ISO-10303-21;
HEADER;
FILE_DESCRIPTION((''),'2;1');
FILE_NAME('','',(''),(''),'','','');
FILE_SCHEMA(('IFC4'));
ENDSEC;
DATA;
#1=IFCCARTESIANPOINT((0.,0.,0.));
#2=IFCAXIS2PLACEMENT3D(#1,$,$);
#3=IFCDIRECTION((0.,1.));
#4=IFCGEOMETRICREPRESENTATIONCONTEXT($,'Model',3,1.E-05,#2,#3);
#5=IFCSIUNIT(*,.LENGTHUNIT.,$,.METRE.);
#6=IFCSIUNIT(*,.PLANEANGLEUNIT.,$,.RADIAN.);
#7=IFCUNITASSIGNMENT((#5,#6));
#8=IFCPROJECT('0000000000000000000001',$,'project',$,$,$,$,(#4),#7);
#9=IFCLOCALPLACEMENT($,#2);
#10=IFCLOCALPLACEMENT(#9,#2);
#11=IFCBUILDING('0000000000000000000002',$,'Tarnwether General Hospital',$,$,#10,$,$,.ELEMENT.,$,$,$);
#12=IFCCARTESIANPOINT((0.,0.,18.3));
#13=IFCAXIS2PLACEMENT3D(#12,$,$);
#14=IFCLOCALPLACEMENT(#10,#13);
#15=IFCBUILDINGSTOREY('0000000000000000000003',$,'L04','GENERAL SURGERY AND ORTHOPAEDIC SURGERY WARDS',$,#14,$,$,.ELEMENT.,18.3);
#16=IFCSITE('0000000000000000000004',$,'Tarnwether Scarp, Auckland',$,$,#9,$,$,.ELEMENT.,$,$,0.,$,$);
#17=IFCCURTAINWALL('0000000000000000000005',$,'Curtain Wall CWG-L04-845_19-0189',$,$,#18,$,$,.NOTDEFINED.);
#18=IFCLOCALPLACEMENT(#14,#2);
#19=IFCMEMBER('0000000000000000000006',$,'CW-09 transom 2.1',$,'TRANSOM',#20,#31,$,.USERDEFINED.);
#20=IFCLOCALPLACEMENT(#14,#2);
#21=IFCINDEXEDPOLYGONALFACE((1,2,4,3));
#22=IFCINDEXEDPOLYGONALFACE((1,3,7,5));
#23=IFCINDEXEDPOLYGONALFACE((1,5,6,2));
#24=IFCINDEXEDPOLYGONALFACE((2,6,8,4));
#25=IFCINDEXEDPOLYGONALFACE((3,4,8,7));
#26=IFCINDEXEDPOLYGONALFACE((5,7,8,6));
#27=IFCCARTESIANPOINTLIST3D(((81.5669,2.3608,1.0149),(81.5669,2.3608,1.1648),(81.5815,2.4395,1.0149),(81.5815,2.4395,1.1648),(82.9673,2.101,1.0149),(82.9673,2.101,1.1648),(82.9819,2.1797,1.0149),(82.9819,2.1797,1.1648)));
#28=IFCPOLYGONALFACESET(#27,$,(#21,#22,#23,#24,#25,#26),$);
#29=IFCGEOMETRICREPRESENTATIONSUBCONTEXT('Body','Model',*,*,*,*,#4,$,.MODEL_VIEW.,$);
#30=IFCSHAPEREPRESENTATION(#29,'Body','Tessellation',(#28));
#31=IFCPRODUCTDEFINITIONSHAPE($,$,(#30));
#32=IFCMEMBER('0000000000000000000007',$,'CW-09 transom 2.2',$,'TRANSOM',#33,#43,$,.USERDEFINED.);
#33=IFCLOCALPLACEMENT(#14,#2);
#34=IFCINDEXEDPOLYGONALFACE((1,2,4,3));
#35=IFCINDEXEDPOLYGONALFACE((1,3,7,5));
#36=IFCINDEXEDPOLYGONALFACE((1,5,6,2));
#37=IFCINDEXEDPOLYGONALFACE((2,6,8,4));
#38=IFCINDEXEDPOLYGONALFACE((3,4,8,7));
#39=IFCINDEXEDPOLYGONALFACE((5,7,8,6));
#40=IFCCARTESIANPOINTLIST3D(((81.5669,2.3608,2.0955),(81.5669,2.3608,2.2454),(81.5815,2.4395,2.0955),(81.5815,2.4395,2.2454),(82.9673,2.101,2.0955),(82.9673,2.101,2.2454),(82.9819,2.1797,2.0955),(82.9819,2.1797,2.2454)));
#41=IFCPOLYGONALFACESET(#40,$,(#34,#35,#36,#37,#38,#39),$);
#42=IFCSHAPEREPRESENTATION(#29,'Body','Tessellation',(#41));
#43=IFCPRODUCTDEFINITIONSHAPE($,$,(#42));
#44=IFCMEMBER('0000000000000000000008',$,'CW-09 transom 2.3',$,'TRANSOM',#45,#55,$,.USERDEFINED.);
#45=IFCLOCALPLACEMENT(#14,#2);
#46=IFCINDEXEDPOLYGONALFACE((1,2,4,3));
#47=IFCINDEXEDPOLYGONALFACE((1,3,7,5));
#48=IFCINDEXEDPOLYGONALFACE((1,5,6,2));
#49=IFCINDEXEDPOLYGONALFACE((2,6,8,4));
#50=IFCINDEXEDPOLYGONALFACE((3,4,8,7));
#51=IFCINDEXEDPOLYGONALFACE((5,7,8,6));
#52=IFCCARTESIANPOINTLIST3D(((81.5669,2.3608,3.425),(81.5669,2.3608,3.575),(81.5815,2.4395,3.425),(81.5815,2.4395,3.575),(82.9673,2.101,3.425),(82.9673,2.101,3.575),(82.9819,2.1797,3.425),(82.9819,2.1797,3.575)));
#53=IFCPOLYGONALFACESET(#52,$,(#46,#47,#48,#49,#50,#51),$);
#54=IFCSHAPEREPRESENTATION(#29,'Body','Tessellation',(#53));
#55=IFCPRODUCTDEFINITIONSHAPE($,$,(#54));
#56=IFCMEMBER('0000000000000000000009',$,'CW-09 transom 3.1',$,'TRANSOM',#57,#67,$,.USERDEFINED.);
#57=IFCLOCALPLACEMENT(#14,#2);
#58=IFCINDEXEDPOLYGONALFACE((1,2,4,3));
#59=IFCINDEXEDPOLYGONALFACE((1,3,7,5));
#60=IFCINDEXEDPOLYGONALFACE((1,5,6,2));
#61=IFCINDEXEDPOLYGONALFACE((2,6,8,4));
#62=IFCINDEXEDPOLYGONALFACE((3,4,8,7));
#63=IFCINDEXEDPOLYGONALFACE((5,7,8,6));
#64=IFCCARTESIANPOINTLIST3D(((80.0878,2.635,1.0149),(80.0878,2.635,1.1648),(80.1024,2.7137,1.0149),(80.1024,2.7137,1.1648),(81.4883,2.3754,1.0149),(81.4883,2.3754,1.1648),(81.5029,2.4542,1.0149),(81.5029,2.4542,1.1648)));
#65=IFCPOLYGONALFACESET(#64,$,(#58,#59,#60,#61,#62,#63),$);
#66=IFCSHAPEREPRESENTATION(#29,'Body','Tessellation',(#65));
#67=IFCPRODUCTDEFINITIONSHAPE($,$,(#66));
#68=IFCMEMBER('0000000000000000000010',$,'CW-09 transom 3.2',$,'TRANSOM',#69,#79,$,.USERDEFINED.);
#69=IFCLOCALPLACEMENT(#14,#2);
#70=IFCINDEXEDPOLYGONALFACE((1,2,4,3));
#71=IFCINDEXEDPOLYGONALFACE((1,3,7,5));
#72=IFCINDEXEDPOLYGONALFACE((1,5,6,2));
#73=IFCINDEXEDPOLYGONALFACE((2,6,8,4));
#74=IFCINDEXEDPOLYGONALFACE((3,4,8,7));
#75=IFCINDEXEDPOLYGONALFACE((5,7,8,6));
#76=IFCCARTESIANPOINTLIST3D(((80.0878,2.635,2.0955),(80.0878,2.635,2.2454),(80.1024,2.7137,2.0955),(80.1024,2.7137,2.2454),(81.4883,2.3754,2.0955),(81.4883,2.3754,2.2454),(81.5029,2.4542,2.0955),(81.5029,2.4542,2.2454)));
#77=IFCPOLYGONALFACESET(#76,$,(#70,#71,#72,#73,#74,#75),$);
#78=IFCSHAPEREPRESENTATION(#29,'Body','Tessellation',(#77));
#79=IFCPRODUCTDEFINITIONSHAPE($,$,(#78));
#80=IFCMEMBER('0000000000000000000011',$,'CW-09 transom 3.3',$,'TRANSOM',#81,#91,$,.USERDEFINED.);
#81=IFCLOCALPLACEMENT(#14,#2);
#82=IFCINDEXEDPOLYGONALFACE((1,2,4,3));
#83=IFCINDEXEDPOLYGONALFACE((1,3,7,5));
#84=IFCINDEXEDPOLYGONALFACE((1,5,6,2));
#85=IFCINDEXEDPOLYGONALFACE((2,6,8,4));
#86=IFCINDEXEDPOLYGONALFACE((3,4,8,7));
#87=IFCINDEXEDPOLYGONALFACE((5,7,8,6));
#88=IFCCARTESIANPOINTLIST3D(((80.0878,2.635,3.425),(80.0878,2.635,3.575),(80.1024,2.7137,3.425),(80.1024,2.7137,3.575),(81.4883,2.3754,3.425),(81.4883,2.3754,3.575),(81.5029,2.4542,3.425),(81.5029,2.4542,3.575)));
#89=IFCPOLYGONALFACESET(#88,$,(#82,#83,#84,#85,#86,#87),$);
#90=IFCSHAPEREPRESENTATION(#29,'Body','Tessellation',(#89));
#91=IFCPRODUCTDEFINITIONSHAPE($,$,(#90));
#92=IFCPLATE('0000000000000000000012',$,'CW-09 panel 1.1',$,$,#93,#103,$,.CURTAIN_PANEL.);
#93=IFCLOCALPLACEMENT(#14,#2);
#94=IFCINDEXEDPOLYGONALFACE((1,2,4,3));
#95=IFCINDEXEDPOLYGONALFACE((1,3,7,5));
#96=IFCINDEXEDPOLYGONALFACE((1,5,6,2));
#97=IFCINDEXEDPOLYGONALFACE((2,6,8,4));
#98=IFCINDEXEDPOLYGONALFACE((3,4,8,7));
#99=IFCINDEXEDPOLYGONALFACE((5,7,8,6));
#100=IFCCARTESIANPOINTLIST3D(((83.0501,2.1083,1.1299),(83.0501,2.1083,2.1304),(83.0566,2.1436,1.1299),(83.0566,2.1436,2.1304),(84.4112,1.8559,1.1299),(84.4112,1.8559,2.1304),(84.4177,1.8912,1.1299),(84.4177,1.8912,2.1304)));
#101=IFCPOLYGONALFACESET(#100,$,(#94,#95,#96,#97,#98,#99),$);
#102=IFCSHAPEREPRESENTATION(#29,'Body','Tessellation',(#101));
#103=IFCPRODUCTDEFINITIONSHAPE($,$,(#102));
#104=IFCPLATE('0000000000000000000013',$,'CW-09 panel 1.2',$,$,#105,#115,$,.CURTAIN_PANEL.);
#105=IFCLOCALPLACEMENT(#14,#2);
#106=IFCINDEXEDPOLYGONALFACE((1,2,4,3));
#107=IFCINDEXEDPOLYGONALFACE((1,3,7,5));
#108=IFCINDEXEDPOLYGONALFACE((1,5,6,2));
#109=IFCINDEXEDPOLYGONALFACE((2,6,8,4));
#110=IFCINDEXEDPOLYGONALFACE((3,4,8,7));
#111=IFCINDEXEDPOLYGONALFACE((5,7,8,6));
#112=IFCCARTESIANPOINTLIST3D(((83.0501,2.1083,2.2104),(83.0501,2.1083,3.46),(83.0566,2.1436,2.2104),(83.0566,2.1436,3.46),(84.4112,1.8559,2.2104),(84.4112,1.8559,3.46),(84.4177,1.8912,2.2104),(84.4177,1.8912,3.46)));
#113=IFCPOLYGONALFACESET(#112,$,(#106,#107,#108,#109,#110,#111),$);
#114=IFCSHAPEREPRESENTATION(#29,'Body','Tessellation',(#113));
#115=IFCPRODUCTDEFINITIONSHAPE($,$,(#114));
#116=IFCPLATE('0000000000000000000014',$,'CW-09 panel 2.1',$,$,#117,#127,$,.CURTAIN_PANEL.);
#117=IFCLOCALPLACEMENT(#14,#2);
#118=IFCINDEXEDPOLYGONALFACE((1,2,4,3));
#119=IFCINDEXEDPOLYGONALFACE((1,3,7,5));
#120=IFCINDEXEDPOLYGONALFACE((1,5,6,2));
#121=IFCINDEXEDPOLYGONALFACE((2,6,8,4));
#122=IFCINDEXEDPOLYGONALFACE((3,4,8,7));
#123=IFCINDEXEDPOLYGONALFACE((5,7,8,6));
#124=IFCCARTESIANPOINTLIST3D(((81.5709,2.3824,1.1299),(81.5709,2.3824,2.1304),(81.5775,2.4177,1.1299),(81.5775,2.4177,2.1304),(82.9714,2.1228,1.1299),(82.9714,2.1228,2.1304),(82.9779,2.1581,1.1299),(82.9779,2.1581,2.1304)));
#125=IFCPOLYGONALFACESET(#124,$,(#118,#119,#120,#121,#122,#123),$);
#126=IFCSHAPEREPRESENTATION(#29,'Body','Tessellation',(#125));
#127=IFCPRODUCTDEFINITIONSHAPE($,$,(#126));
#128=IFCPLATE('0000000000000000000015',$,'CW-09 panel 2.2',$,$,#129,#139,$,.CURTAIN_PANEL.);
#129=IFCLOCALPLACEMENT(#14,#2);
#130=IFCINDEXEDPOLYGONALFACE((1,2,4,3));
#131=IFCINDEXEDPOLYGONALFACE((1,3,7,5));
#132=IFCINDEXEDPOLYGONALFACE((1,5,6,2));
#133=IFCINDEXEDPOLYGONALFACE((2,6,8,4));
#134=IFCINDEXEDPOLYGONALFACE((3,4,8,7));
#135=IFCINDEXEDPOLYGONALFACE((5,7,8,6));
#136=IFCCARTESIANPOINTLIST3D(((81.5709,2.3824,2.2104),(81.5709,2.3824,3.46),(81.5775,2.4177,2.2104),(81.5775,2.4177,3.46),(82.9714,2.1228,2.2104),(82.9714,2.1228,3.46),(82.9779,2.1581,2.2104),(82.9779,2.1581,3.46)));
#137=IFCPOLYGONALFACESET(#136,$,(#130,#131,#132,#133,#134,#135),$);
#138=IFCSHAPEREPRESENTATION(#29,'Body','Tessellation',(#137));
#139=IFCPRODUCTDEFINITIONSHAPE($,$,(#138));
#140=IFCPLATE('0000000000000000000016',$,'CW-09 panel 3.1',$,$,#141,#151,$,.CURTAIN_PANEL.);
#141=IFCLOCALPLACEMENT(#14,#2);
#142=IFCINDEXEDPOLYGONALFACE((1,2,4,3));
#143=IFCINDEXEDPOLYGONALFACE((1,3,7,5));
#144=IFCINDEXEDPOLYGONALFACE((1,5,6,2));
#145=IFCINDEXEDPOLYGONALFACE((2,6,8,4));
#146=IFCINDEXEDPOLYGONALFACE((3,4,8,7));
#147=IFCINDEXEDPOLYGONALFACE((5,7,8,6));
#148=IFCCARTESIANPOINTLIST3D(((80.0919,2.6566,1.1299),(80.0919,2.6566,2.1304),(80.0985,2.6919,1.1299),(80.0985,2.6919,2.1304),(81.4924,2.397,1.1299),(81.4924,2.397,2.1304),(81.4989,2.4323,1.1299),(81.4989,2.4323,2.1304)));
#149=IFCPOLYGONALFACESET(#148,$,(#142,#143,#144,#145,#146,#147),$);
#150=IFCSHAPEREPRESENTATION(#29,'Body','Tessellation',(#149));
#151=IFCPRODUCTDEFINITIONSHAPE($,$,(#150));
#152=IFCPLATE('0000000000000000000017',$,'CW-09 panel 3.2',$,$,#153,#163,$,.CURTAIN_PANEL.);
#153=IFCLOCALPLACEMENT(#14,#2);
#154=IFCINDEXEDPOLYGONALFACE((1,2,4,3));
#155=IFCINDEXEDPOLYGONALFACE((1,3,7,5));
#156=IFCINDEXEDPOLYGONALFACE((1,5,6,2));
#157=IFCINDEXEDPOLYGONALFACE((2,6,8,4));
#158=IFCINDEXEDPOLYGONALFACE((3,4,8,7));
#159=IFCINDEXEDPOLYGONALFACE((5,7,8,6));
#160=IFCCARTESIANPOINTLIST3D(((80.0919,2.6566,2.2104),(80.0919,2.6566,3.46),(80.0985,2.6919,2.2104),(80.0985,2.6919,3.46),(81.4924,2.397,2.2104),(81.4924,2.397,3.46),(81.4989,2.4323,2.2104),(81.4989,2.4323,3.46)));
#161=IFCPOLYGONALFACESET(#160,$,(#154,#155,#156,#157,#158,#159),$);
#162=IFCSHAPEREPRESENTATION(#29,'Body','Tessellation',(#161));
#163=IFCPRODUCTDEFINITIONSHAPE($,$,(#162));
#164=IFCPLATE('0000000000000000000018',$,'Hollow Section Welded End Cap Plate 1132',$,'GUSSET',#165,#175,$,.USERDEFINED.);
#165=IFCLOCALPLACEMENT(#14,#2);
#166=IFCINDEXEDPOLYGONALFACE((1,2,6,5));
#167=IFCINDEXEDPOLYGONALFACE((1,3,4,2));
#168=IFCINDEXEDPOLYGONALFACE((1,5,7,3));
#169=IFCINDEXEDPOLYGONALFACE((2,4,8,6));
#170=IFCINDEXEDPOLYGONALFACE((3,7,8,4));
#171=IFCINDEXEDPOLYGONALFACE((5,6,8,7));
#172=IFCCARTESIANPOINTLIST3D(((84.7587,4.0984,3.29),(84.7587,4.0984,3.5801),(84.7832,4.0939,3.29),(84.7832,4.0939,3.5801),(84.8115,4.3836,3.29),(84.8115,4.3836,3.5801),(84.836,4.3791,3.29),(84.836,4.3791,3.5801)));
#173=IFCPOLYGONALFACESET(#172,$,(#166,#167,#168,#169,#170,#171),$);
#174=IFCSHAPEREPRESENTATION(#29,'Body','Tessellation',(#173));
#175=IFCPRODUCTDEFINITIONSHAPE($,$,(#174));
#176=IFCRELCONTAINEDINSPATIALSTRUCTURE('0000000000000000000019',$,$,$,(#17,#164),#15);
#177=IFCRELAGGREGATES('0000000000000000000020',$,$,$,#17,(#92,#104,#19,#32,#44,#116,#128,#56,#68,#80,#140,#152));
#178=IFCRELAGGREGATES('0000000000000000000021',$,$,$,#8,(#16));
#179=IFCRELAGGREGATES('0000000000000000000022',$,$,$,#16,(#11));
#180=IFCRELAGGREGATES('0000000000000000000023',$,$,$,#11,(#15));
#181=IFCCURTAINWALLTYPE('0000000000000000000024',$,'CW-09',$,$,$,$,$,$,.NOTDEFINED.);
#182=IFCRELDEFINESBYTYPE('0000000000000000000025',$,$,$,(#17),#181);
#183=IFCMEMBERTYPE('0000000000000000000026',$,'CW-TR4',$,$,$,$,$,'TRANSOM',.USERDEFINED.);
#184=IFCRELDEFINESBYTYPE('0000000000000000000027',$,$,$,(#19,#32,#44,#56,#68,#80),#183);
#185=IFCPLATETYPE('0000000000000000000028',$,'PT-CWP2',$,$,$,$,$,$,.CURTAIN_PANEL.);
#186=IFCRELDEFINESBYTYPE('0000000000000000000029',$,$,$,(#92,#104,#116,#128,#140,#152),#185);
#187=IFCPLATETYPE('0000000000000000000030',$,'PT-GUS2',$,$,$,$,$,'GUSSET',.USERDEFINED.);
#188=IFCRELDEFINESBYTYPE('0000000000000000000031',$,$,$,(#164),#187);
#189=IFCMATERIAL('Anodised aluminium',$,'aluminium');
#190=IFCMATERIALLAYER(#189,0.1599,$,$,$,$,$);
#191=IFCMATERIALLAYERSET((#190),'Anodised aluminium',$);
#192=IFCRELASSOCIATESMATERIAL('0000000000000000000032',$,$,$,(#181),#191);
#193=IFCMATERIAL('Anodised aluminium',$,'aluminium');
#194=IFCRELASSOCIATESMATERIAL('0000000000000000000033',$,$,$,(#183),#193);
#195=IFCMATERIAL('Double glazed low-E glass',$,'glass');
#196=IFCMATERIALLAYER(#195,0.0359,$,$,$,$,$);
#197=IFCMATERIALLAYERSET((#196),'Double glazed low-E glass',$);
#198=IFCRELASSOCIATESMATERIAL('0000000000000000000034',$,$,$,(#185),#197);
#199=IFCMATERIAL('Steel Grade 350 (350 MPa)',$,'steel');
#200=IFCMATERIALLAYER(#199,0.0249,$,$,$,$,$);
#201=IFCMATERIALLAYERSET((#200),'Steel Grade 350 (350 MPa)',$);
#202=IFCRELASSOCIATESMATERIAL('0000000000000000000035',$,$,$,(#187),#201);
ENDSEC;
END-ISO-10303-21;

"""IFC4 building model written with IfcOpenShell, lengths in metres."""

from ifc_helpers import new_model, si_unit, direction, frame, origin, origin_2d, place, context, subcontext, project, spatial, rectangle, extrude, material, layer, layer_set, material_profile, profile_set, type_object, element, aggregate, save


model = new_model("IFC4")

# Units and contexts
model_context = context("Model", 3, precision=1e-05, world=origin(), true_north=direction((0.0, 1.0)))
body_context = subcontext(model_context, "Body", "Model", "MODEL_VIEW")
ifc_project = project(units=[si_unit("LENGTHUNIT", "METRE"), si_unit("PLANEANGLEUNIT", "RADIAN")], contexts=[model_context])

# Site, building, storey
site_placement = place(None, origin())
site = spatial("IfcSite", under=ifc_project, at=site_placement, Name="Tarnwether Scarp, Auckland", CompositionType="ELEMENT", RefElevation=0.0)
building_placement = place(site_placement, origin())
building = spatial("IfcBuilding", under=site, at=building_placement, Name="Tarnwether General Hospital", CompositionType="ELEMENT")
storey_placement = place(building_placement, frame((0.0, 0.0, 18.3)))
storey = spatial("IfcBuildingStorey", under=building, at=storey_placement, Name="L04", Description="GENERAL SURGERY AND ORTHOPAEDIC SURGERY WARDS", CompositionType="ELEMENT", Elevation=18.3)

# Curtain wall, members, plates
ifc_material_1 = material(Name="Anodised aluminium", Category="aluminium")
ifc_layer_1 = layer(ifc_material_1, 0.1599)
ifc_layer_set_1 = layer_set([ifc_layer_1], Name="Anodised aluminium")
curtain_wall_type = type_object("IfcCurtainWallType", Name="CW-09", PredefinedType="NOTDEFINED", material=ifc_layer_set_1)
curtain_wall_placement = place(storey_placement, origin())
curtain_wall = element("IfcCurtainWall", 1, at=curtain_wall_placement, inside=storey, type_object=curtain_wall_type, Name="Curtain Wall CWG-L04-845_19-0189", PredefinedType="NOTDEFINED")
ifc_material_2 = material(Name="Anodised aluminium", Category="aluminium")
ifc_material_profile_1 = material_profile(ifc_material_2, rectangle(XDim=0.0801, YDim=0.1499, at=origin_2d()), Name="ALU-TRN-80x150")
ifc_profile_set_1 = profile_set([ifc_material_profile_1], Name="Anodised aluminium")
member_type_1 = type_object("IfcMemberType", Name="CW-TR4", ElementType="TRANSOM", PredefinedType="USERDEFINED", material=ifc_profile_set_1)
member_1_placement = place(storey_placement, frame((82.9746, 2.1404, 1.0898), z_axis=(-0.983227, 0.182384, 0.0), x_axis=(-0.182384, -0.983227, 0.0)))
member_1 = element("IfcMember", 2, at=member_1_placement, type_object=member_type_1, Name="CW-09 transom 2.1", ObjectType="TRANSOM", PredefinedType="USERDEFINED", context=body_context, shape_type="SweptSolid", body=[
    extrude(rectangle(XDim=0.0801, YDim=0.1499, at=origin_2d()), origin(), (0.0, 0.0, 1.0), 1.4243),
])
member_2_placement = place(storey_placement, frame((82.9746, 2.1404, 2.1704), z_axis=(-0.983227, 0.182384, 0.0), x_axis=(-0.182384, -0.983227, 0.0)))
member_2 = element("IfcMember", 3, at=member_2_placement, type_object=member_type_1, Name="CW-09 transom 2.2", ObjectType="TRANSOM", PredefinedType="USERDEFINED", context=body_context, shape_type="SweptSolid", body=[
    extrude(rectangle(XDim=0.0801, YDim=0.1499, at=origin_2d()), origin(), (0.0, 0.0, 1.0), 1.4243),
])
member_3_placement = place(storey_placement, frame((82.9746, 2.1404, 3.5), z_axis=(-0.983227, 0.182384, 0.0), x_axis=(-0.182384, -0.983227, 0.0)))
member_3 = element("IfcMember", 4, at=member_3_placement, type_object=member_type_1, Name="CW-09 transom 2.3", ObjectType="TRANSOM", PredefinedType="USERDEFINED", context=body_context, shape_type="SweptSolid", body=[
    extrude(rectangle(XDim=0.0801, YDim=0.1499, at=origin_2d()), origin(), (0.0, 0.0, 1.0), 1.4243),
])
member_4_placement = place(storey_placement, frame((81.4956, 2.4148, 1.0898), z_axis=(-0.983258, 0.182218, 0.0), x_axis=(-0.182218, -0.983258, 0.0)))
member_4 = element("IfcMember", 5, at=member_4_placement, type_object=member_type_1, Name="CW-09 transom 3.1", ObjectType="TRANSOM", PredefinedType="USERDEFINED", context=body_context, shape_type="SweptSolid", body=[
    extrude(rectangle(XDim=0.0801, YDim=0.1499, at=origin_2d()), origin(), (0.0, 0.0, 1.0), 1.4243),
])
member_5_placement = place(storey_placement, frame((81.4956, 2.4148, 2.1704), z_axis=(-0.983258, 0.182218, 0.0), x_axis=(-0.182218, -0.983258, 0.0)))
member_5 = element("IfcMember", 6, at=member_5_placement, type_object=member_type_1, Name="CW-09 transom 3.2", ObjectType="TRANSOM", PredefinedType="USERDEFINED", context=body_context, shape_type="SweptSolid", body=[
    extrude(rectangle(XDim=0.0801, YDim=0.1499, at=origin_2d()), origin(), (0.0, 0.0, 1.0), 1.4243),
])
member_6_placement = place(storey_placement, frame((81.4956, 2.4148, 3.5), z_axis=(-0.983258, 0.182218, 0.0), x_axis=(-0.182218, -0.983258, 0.0)))
member_6 = element("IfcMember", 7, at=member_6_placement, type_object=member_type_1, Name="CW-09 transom 3.3", ObjectType="TRANSOM", PredefinedType="USERDEFINED", context=body_context, shape_type="SweptSolid", body=[
    extrude(rectangle(XDim=0.0801, YDim=0.1499, at=origin_2d()), origin(), (0.0, 0.0, 1.0), 1.4243),
])
ifc_material_3 = material(Name="Double glazed low-E glass", Category="glass")
ifc_layer_2 = layer(ifc_material_3, 0.0359)
ifc_layer_set_2 = layer_set([ifc_layer_2], Name="Double glazed low-E glass")
plate_type_1 = type_object("IfcPlateType", Name="PT-CWP2", PredefinedType="CURTAIN_PANEL", material=ifc_layer_set_2)
plate_1_placement = place(storey_placement, frame((83.7339, 1.9998, 1.1299), z_axis=(0.0, 0.0, 1.0), x_axis=(-0.983245, 0.182289, 0.0)))
plate_1 = element("IfcPlate", 8, at=plate_1_placement, type_object=plate_type_1, Name="CW-09 panel 1.1", PredefinedType="CURTAIN_PANEL", context=body_context, shape_type="SweptSolid", body=[
    extrude(rectangle(XDim=1.3843, YDim=0.0359, at=origin_2d()), origin(), (0.0, 0.0, 1.0), 1.0005),
])
plate_2_placement = place(storey_placement, frame((83.7339, 1.9998, 2.2104), z_axis=(0.0, 0.0, 1.0), x_axis=(-0.983245, 0.182289, 0.0)))
plate_2 = element("IfcPlate", 9, at=plate_2_placement, type_object=plate_type_1, Name="CW-09 panel 1.2", PredefinedType="CURTAIN_PANEL", context=body_context, shape_type="SweptSolid", body=[
    extrude(rectangle(XDim=1.3843, YDim=0.0359, at=origin_2d()), origin(), (0.0, 0.0, 1.0), 1.2495),
])
plate_3_placement = place(storey_placement, frame((82.2744, 2.2703, 1.1299), z_axis=(0.0, 0.0, 1.0), x_axis=(-0.983245, 0.182289, 0.0)))
plate_3 = element("IfcPlate", 10, at=plate_3_placement, type_object=plate_type_1, Name="CW-09 panel 2.1", PredefinedType="CURTAIN_PANEL", context=body_context, shape_type="SweptSolid", body=[
    extrude(rectangle(XDim=1.4243, YDim=0.0359, at=origin_2d()), origin(), (0.0, 0.0, 1.0), 1.0005),
])
plate_4_placement = place(storey_placement, frame((82.2744, 2.2703, 2.2104), z_axis=(0.0, 0.0, 1.0), x_axis=(-0.983245, 0.182289, 0.0)))
plate_4 = element("IfcPlate", 11, at=plate_4_placement, type_object=plate_type_1, Name="CW-09 panel 2.2", PredefinedType="CURTAIN_PANEL", context=body_context, shape_type="SweptSolid", body=[
    extrude(rectangle(XDim=1.4243, YDim=0.0359, at=origin_2d()), origin(), (0.0, 0.0, 1.0), 1.2495),
])
plate_5_placement = place(storey_placement, frame((80.7954, 2.5444, 1.1299), z_axis=(0.0, 0.0, 1.0), x_axis=(-0.983245, 0.182289, 0.0)))
plate_5 = element("IfcPlate", 12, at=plate_5_placement, type_object=plate_type_1, Name="CW-09 panel 3.1", PredefinedType="CURTAIN_PANEL", context=body_context, shape_type="SweptSolid", body=[
    extrude(rectangle(XDim=1.4243, YDim=0.0359, at=origin_2d()), origin(), (0.0, 0.0, 1.0), 1.0005),
])
plate_6_placement = place(storey_placement, frame((80.7954, 2.5444, 2.2104), z_axis=(0.0, 0.0, 1.0), x_axis=(-0.983245, 0.182289, 0.0)))
plate_6 = element("IfcPlate", 13, at=plate_6_placement, type_object=plate_type_1, Name="CW-09 panel 3.2", PredefinedType="CURTAIN_PANEL", context=body_context, shape_type="SweptSolid", body=[
    extrude(rectangle(XDim=1.4243, YDim=0.0359, at=origin_2d()), origin(), (0.0, 0.0, 1.0), 1.2495),
])
aggregate(curtain_wall, [plate_1, plate_2, member_1, member_2, member_3, plate_3, plate_4, member_4, member_5, member_6, plate_5, plate_6])

# Plate
ifc_material_4 = material(Name="Steel Grade 350 (350 MPa)", Category="steel")
ifc_layer_3 = layer(ifc_material_4, 0.0249)
ifc_layer_set_3 = layer_set([ifc_layer_3], Name="Steel Grade 350 (350 MPa)")
plate_type_2 = type_object("IfcPlateType", Name="PT-GUS2", ElementType="GUSSET", PredefinedType="USERDEFINED", material=ifc_layer_set_3)
plate_7_placement = place(storey_placement, frame((84.7974, 4.2388, 3.29), z_axis=(0.0, 0.0, 1.0), x_axis=(0.983261, -0.182201, 0.0)))
element("IfcPlate", 14, at=plate_7_placement, inside=storey, type_object=plate_type_2, Name="Hollow Section Welded End Cap Plate 1132", ObjectType="GUSSET", PredefinedType="USERDEFINED", context=body_context, shape_type="SweptSolid", body=[
    extrude(rectangle(XDim=0.0249, YDim=0.29, at=origin_2d()), origin(), (0.0, 0.0, 1.0), 0.29),
])

save(model, "model.ifc")
